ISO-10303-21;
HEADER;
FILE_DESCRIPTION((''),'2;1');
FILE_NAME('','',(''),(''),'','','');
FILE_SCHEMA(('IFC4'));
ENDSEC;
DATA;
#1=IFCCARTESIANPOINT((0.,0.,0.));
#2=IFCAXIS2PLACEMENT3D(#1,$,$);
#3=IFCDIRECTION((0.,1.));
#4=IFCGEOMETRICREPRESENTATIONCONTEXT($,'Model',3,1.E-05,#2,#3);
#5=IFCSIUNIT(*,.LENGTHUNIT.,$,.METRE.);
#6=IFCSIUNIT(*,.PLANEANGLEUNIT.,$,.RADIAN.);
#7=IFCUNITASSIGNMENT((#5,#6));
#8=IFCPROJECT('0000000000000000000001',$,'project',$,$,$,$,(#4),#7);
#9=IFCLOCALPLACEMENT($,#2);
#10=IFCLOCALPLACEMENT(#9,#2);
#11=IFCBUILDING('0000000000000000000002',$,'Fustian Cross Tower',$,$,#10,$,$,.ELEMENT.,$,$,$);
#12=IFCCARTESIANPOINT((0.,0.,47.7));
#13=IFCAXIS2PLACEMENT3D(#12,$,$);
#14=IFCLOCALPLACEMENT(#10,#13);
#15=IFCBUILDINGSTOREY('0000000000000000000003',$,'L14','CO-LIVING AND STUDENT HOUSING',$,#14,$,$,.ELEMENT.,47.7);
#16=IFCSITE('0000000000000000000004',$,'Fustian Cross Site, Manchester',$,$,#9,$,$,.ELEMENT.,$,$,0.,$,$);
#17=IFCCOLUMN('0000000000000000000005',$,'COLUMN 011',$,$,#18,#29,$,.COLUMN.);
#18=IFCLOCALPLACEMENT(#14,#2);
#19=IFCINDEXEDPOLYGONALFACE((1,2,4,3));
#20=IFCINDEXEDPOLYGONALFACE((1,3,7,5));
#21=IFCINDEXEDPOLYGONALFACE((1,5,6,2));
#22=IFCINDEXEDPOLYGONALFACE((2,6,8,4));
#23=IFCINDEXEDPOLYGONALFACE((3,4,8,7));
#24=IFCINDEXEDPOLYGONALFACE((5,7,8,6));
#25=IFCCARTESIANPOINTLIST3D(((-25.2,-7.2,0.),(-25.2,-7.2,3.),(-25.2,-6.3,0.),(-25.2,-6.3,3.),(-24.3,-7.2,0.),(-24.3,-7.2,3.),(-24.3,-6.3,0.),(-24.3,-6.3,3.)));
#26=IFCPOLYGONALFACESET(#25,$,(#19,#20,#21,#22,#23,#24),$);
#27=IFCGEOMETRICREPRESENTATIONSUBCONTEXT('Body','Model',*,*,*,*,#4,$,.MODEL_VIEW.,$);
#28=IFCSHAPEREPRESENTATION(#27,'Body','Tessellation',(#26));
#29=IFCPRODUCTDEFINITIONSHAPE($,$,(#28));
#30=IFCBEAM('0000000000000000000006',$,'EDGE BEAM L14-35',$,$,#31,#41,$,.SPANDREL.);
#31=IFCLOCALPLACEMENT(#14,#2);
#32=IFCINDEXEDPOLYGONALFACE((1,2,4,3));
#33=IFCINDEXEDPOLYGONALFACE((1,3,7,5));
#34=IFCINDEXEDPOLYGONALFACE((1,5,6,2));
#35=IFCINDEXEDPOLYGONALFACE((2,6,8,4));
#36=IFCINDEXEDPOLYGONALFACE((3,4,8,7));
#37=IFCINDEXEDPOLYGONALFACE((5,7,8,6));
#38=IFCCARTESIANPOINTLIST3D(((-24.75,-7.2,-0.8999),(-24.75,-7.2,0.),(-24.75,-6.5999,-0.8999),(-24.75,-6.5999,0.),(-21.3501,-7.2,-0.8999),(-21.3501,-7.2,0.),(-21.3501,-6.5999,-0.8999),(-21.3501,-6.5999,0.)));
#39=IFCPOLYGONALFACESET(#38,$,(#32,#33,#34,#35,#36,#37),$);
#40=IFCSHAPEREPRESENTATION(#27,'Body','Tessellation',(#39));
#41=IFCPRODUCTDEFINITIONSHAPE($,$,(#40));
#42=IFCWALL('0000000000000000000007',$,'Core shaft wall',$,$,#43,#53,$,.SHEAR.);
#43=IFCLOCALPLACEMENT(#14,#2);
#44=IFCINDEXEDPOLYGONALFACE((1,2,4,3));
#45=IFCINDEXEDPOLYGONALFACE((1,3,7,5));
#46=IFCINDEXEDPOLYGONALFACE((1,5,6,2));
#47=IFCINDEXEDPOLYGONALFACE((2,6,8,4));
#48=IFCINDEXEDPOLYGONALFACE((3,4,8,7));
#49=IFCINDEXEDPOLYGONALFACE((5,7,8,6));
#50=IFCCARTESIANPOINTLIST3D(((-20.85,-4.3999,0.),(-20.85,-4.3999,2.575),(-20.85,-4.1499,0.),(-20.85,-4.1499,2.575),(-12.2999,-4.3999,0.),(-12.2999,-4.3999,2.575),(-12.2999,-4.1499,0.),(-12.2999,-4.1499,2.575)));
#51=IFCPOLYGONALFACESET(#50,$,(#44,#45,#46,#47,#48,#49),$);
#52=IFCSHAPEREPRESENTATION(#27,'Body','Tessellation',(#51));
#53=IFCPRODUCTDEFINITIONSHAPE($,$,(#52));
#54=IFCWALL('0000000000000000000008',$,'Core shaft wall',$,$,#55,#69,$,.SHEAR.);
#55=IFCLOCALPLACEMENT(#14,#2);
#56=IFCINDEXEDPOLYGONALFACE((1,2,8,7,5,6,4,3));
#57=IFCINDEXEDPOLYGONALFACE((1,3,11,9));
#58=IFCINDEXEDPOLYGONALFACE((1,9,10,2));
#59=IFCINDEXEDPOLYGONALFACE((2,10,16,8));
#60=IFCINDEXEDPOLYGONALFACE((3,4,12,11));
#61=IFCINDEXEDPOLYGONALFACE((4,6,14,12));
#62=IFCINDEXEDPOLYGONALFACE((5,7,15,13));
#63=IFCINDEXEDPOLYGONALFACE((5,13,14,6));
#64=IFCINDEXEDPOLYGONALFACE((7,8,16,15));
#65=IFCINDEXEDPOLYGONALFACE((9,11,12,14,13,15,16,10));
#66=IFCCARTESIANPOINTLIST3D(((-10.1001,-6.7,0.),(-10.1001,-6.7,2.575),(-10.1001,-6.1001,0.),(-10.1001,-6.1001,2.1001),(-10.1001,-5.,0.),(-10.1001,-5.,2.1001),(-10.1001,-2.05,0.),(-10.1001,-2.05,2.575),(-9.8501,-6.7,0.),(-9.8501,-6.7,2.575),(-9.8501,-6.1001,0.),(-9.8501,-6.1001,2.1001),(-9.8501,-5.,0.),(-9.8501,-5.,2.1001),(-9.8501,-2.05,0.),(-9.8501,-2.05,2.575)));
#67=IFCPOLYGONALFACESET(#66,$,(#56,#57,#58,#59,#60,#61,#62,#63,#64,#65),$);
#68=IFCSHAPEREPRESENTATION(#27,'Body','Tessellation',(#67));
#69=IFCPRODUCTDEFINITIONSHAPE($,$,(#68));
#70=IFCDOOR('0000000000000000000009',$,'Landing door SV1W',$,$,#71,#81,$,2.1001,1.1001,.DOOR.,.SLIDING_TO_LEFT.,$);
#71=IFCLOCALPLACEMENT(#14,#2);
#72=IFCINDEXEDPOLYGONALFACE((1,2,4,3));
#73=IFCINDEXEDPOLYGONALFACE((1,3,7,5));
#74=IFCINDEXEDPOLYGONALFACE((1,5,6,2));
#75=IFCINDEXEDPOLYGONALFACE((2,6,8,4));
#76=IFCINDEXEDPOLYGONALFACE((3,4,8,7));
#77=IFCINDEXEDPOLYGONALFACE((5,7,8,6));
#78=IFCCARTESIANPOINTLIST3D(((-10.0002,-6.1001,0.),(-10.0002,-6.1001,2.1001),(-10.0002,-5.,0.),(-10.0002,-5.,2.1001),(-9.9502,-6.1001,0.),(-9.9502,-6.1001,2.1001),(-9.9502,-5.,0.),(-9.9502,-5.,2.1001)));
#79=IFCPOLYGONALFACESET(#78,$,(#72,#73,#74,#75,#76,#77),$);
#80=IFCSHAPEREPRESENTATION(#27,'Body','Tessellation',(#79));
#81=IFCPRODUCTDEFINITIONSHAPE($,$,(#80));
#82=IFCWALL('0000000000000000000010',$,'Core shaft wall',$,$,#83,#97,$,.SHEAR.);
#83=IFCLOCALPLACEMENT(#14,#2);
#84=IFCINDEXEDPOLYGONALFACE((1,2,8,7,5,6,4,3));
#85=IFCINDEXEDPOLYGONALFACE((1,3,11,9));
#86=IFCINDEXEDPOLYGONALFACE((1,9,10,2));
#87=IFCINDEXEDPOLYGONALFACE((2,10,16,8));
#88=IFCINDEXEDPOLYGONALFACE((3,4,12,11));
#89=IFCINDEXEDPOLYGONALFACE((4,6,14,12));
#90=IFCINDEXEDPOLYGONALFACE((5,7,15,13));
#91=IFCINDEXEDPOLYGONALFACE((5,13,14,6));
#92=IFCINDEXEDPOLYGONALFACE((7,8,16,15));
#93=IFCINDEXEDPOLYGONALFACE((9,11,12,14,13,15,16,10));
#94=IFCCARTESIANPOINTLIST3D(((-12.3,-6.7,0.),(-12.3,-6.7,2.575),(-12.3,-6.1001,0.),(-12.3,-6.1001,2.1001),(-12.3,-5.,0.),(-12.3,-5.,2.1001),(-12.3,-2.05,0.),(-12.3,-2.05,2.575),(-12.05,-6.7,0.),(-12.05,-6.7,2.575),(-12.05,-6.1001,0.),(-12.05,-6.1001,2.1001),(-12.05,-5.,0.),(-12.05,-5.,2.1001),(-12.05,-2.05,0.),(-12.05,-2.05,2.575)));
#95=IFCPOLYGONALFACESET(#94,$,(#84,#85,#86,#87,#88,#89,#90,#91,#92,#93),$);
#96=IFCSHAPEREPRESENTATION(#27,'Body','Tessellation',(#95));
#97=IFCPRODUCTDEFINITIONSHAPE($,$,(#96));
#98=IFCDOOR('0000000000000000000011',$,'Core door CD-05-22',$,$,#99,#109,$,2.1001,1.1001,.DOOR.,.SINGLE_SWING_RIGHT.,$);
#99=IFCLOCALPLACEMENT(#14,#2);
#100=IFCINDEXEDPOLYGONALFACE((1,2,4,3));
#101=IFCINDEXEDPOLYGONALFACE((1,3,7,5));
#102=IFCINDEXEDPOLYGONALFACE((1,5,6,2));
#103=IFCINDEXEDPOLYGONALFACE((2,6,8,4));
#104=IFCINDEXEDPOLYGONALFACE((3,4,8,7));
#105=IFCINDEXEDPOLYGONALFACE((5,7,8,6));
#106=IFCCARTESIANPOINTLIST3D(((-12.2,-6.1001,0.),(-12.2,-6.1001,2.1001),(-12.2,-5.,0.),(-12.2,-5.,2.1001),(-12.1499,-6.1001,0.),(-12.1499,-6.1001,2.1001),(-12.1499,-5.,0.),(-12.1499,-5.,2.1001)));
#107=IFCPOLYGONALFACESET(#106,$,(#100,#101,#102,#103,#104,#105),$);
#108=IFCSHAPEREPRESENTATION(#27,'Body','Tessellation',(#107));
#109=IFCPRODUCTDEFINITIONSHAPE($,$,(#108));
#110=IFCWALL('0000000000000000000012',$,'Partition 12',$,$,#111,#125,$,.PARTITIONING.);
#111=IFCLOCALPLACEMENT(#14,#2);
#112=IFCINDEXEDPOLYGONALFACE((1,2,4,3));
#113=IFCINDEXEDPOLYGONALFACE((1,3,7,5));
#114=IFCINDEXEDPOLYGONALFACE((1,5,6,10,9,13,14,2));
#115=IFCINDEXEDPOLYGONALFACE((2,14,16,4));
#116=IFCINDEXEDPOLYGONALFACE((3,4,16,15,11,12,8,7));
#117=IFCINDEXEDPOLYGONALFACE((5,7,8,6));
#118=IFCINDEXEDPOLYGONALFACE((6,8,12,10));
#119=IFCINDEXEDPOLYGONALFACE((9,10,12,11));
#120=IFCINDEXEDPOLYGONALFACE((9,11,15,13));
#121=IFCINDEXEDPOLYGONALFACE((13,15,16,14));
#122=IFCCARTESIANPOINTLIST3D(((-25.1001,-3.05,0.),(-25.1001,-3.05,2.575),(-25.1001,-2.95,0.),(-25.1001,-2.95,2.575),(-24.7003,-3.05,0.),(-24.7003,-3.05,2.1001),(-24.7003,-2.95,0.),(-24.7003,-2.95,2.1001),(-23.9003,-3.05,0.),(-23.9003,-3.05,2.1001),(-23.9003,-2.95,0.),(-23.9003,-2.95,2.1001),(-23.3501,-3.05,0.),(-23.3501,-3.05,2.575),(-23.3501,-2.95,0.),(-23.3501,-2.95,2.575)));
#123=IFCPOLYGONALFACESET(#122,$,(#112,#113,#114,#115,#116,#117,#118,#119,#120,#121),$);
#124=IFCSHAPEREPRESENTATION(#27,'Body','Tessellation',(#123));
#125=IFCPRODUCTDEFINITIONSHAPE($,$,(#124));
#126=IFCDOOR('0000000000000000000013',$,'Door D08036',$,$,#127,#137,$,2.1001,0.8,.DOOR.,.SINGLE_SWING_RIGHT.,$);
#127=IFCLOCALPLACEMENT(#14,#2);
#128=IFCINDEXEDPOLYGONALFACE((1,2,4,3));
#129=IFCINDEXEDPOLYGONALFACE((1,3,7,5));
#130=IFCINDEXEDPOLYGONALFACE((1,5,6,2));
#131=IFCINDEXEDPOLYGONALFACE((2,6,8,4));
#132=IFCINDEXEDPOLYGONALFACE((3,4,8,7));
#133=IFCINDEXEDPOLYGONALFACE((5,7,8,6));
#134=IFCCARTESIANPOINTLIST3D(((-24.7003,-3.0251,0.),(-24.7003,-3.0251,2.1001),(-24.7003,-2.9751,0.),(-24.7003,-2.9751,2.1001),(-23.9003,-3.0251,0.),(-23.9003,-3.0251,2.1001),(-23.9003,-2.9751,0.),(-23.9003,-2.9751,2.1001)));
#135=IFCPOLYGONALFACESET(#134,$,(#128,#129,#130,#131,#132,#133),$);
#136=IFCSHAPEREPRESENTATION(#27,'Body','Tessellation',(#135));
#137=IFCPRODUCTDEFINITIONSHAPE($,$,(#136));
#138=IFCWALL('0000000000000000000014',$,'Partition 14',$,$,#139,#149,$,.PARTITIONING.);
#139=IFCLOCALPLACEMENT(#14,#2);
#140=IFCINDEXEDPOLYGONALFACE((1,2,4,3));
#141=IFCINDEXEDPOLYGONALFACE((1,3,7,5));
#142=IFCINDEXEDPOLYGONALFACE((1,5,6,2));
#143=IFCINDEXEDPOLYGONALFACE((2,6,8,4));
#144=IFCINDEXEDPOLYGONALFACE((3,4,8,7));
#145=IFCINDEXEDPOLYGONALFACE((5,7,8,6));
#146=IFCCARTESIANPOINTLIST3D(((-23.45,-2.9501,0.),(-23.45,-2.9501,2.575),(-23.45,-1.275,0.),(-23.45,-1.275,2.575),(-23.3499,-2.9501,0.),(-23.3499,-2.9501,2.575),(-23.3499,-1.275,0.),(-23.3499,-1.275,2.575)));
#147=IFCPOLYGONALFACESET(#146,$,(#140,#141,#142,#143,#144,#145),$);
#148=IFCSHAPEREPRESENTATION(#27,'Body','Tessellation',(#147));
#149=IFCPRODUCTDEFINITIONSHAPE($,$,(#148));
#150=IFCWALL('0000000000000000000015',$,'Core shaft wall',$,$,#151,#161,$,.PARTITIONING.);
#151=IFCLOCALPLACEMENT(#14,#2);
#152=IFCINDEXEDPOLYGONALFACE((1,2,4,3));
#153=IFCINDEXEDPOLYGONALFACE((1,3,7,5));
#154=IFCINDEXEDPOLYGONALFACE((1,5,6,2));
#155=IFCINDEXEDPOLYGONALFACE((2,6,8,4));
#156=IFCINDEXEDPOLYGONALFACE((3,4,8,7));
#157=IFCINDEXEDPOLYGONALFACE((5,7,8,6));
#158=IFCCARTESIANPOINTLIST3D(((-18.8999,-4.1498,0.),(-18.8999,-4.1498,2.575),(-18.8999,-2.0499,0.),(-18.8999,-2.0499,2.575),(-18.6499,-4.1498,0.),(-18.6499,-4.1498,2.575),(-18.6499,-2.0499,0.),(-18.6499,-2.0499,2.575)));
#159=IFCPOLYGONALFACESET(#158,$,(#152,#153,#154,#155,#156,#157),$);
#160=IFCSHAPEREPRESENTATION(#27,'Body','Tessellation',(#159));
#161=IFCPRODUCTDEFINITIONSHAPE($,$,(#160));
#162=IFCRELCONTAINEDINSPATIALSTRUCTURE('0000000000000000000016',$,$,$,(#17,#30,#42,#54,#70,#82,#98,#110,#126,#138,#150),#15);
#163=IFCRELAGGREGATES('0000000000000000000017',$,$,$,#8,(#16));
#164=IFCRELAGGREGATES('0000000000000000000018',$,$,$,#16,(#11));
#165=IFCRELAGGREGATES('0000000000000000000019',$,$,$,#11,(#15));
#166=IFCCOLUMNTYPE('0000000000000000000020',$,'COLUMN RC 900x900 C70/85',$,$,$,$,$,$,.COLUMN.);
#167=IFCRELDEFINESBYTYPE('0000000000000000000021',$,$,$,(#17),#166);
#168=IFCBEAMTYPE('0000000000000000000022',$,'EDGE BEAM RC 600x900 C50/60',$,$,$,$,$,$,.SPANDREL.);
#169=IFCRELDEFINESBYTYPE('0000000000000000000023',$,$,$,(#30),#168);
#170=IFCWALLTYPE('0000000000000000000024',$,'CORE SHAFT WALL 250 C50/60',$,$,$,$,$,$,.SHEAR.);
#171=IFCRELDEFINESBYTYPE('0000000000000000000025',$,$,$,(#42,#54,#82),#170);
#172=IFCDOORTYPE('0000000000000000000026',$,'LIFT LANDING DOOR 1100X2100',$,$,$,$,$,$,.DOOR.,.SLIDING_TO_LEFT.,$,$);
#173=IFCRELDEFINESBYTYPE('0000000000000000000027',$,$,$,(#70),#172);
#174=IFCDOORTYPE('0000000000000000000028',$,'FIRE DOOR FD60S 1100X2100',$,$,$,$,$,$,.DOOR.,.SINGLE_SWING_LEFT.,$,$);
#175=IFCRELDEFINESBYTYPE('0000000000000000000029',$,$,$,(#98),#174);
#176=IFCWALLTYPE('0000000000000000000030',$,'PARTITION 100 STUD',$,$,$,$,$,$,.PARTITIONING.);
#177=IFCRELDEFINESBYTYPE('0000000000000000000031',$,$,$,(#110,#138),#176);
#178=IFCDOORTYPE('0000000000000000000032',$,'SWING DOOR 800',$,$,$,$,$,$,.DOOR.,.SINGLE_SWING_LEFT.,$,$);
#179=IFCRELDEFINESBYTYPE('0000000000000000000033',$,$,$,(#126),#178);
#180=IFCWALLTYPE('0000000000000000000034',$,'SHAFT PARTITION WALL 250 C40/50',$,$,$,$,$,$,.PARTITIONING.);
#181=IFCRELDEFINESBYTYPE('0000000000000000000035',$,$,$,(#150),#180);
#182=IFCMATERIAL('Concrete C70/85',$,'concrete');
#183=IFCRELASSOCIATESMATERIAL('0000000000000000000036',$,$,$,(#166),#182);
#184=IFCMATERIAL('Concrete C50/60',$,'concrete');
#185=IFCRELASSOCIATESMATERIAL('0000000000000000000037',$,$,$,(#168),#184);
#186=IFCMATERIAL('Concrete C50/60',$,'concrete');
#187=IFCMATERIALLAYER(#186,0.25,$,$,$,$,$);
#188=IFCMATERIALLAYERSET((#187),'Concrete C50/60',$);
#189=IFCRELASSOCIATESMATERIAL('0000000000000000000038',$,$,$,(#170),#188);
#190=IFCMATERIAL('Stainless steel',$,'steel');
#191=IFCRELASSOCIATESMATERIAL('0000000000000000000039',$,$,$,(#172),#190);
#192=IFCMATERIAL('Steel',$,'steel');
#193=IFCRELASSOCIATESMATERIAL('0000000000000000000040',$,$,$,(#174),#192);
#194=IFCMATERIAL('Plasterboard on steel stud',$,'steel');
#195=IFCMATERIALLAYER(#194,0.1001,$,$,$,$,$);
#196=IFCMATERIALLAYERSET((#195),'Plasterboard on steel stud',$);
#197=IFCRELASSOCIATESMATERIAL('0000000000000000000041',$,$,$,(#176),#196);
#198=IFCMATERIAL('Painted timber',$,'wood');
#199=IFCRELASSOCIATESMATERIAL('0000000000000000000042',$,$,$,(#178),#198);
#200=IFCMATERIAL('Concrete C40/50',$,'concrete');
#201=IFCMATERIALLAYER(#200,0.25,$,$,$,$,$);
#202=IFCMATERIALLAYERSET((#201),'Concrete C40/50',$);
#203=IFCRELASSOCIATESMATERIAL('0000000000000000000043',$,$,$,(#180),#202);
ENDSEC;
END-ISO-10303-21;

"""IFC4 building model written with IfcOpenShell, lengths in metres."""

from ifc_helpers import new_model, si_unit, direction, frame, frame_2d, origin, origin_2d, place, context, subcontext, project, spatial, rectangle, extrude, material, layer, layer_set, material_profile, profile_set, type_object, element, fill, save


model = new_model("IFC4")

# Units and contexts
model_context = context("Model", 3, precision=1e-05, world=origin(), true_north=direction((0.0, 1.0)))
body_context = subcontext(model_context, "Body", "Model", "MODEL_VIEW")
ifc_project = project(units=[si_unit("LENGTHUNIT", "METRE"), si_unit("PLANEANGLEUNIT", "RADIAN")], contexts=[model_context])

# Site, building, storey
site_placement = place(None, origin())
site = spatial("IfcSite", under=ifc_project, at=site_placement, Name="Fustian Cross Site, Manchester", CompositionType="ELEMENT", RefElevation=0.0)
building_placement = place(site_placement, origin())
building = spatial("IfcBuilding", under=site, at=building_placement, Name="Fustian Cross Tower", CompositionType="ELEMENT")
storey_placement = place(building_placement, frame((0.0, 0.0, 47.7)))
storey = spatial("IfcBuildingStorey", under=building, at=storey_placement, Name="L14", Description="CO-LIVING AND STUDENT HOUSING", CompositionType="ELEMENT", Elevation=47.7)

# Column
ifc_material_1 = material(Name="Concrete C70/85", Category="concrete")
ifc_material_profile_1 = material_profile(ifc_material_1, rectangle(XDim=0.8999, YDim=0.8999, at=origin_2d()), Name="RC 900x900")
ifc_profile_set_1 = profile_set([ifc_material_profile_1], Name="Concrete C70/85")
column_type = type_object("IfcColumnType", Name="COLUMN RC 900x900 C70/85", PredefinedType="COLUMN", material=ifc_profile_set_1)
column_placement = place(storey_placement, frame((-24.75, -6.75, 0.0), z_axis=(0.0, 0.0, 1.0), x_axis=(1.0, 0.0, 0.0)))
element("IfcColumn", 1, at=column_placement, inside=storey, type_object=column_type, Name="COLUMN 011", PredefinedType="COLUMN", context=body_context, shape_type="SweptSolid", body=[
    extrude(rectangle(XDim=0.8999, YDim=0.8999, at=origin_2d()), origin(), (0.0, 0.0, 1.0), 3.0),
])

# Beam
ifc_material_2 = material(Name="Concrete C50/60", Category="concrete")
ifc_material_profile_2 = material_profile(ifc_material_2, rectangle(XDim=0.6001, YDim=0.8999, at=origin_2d()), Name="RC 600x900")
ifc_profile_set_2 = profile_set([ifc_material_profile_2], Name="Concrete C50/60")
beam_type = type_object("IfcBeamType", Name="EDGE BEAM RC 600x900 C50/60", PredefinedType="SPANDREL", material=ifc_profile_set_2)
beam_placement = place(storey_placement, frame((-24.75, -6.8999, -0.45), z_axis=(1.0, 0.0, 0.0), x_axis=(0.0, 1.0, 0.0)))
element("IfcBeam", 2, at=beam_placement, inside=storey, type_object=beam_type, Name="EDGE BEAM L14-35", PredefinedType="SPANDREL", context=body_context, shape_type="SweptSolid", body=[
    extrude(rectangle(XDim=0.6001, YDim=0.8999, at=origin_2d()), origin(), (0.0, 0.0, 1.0), 3.3999),
])

# Wall
ifc_material_3 = material(Name="Concrete C50/60", Category="concrete")
ifc_layer_1 = layer(ifc_material_3, 0.25)
ifc_layer_set_1 = layer_set([ifc_layer_1], Name="Concrete C50/60")
wall_type_1 = type_object("IfcWallType", Name="CORE SHAFT WALL 250 C50/60", PredefinedType="SHEAR", material=ifc_layer_set_1)
wall_1_placement = place(storey_placement, frame((-12.3, -4.2749, 0.0), z_axis=(0.0, 0.0, 1.0), x_axis=(-1.0, 0.0, 0.0)))
element("IfcWall", 3, at=wall_1_placement, inside=storey, type_object=wall_type_1, Name="Core shaft wall", PredefinedType="SHEAR", context=body_context, shape_type="SweptSolid", body=[
    extrude(rectangle(XDim=8.55, YDim=0.25, at=frame_2d((4.2749, 0.0))), origin(), (0.0, 0.0, 1.0), 2.575),
])

# Walls, openings, doors
wall_2_placement = place(storey_placement, frame((-9.9751, -2.05, 0.0), z_axis=(0.0, 0.0, 1.0), x_axis=(0.0, -1.0, 0.0)))
wall_2 = element("IfcWall", 4, at=wall_2_placement, inside=storey, type_object=wall_type_1, Name="Core shaft wall", PredefinedType="SHEAR", context=body_context, shape_type="SweptSolid", body=[
    extrude(rectangle(XDim=4.6499, YDim=0.25, at=frame_2d((2.325, 0.0))), origin(), (0.0, 0.0, 1.0), 2.575),
])
opening_1_placement = place(wall_2_placement, frame((2.95, 0.0, 0.0)))
opening_1 = element("IfcOpeningElement", 5, at=opening_1_placement, cuts=wall_2, PredefinedType="OPENING", context=body_context, shape_type="SweptSolid", body=[
    extrude(rectangle(XDim=1.1001, YDim=2.1001, at=frame_2d((0.55, 1.05))), frame((0.0, 0.135, 0.0), z_axis=(0.0, -1.0, 0.0), x_axis=(1.0, 0.0, 0.0)), (0.0, 0.0, 1.0), 0.27),
])
ifc_material_4 = material(Name="Stainless steel", Category="steel")
door_type_1 = type_object("IfcDoorType", Name="LIFT LANDING DOOR 1100X2100", OperationType="SLIDING_TO_LEFT", PredefinedType="DOOR", material=ifc_material_4)
door_1_placement = place(opening_1_placement, origin())
door_1 = element("IfcDoor", 6, at=door_1_placement, inside=storey, type_object=door_type_1, Name="Landing door SV1W", OperationType="SLIDING_TO_LEFT", OverallHeight=2.1001, OverallWidth=1.1001, PredefinedType="DOOR", context=body_context, shape_type="SweptSolid", body=[
    extrude(rectangle(XDim=1.1001, YDim=2.1001, at=frame_2d((0.55, 1.05))), frame((0.0, 0.0249, 0.0), z_axis=(0.0, -1.0, 0.0), x_axis=(1.0, 0.0, 0.0)), (0.0, 0.0, 1.0), 0.05),
])
fill(opening_1, door_1)
wall_3_placement = place(storey_placement, frame((-12.175, -2.05, 0.0), z_axis=(0.0, 0.0, 1.0), x_axis=(0.0, -1.0, 0.0)))
wall_3 = element("IfcWall", 7, at=wall_3_placement, inside=storey, type_object=wall_type_1, Name="Core shaft wall", PredefinedType="SHEAR", context=body_context, shape_type="SweptSolid", body=[
    extrude(rectangle(XDim=4.6499, YDim=0.25, at=frame_2d((2.325, 0.0))), origin(), (0.0, 0.0, 1.0), 2.575),
])
opening_2_placement = place(wall_3_placement, frame((2.95, 0.0, 0.0)))
opening_2 = element("IfcOpeningElement", 8, at=opening_2_placement, cuts=wall_3, PredefinedType="OPENING", context=body_context, shape_type="SweptSolid", body=[
    extrude(rectangle(XDim=1.1001, YDim=2.1001, at=frame_2d((0.55, 1.05))), frame((0.0, 0.135, 0.0), z_axis=(0.0, -1.0, 0.0), x_axis=(1.0, 0.0, 0.0)), (0.0, 0.0, 1.0), 0.27),
])
ifc_material_5 = material(Name="Steel", Category="steel")
door_type_2 = type_object("IfcDoorType", Name="FIRE DOOR FD60S 1100X2100", OperationType="SINGLE_SWING_LEFT", PredefinedType="DOOR", material=ifc_material_5)
door_2_placement = place(opening_2_placement, frame((1.1001, 0.0, 0.0), z_axis=(0.0, 0.0, 1.0), x_axis=(-1.0, 0.0, 0.0)))
door_2 = element("IfcDoor", 9, at=door_2_placement, inside=storey, type_object=door_type_2, Name="Core door CD-05-22", OperationType="SINGLE_SWING_RIGHT", OverallHeight=2.1001, OverallWidth=1.1001, PredefinedType="DOOR", context=body_context, shape_type="SweptSolid", body=[
    extrude(rectangle(XDim=1.1001, YDim=2.1001, at=frame_2d((0.55, 1.05))), frame((0.0, 0.0249, 0.0), z_axis=(0.0, -1.0, 0.0), x_axis=(1.0, 0.0, 0.0)), (0.0, 0.0, 1.0), 0.05),
])
fill(opening_2, door_2)
ifc_material_6 = material(Name="Plasterboard on steel stud", Category="steel")
ifc_layer_2 = layer(ifc_material_6, 0.1001)
ifc_layer_set_2 = layer_set([ifc_layer_2], Name="Plasterboard on steel stud")
wall_type_2 = type_object("IfcWallType", Name="PARTITION 100 STUD", PredefinedType="PARTITIONING", material=ifc_layer_set_2)
wall_4_placement = place(storey_placement, frame((-25.1001, -3.0, 0.0), z_axis=(0.0, 0.0, 1.0), x_axis=(1.0, 0.0, 0.0)))
wall_4 = element("IfcWall", 10, at=wall_4_placement, inside=storey, type_object=wall_type_2, Name="Partition 12", PredefinedType="PARTITIONING", context=body_context, shape_type="SweptSolid", body=[
    extrude(rectangle(XDim=1.75, YDim=0.1001, at=frame_2d((0.875, 0.0))), origin(), (0.0, 0.0, 1.0), 2.575),
])
opening_3_placement = place(wall_4_placement, frame((0.3999, 0.0, 0.0)))
opening_3 = element("IfcOpeningElement", 11, at=opening_3_placement, cuts=wall_4, PredefinedType="OPENING", context=body_context, shape_type="SweptSolid", body=[
    extrude(rectangle(XDim=0.8, YDim=2.1001, at=frame_2d((0.3999, 1.05))), frame((0.0, 0.0601, 0.0), z_axis=(0.0, -1.0, 0.0), x_axis=(1.0, 0.0, 0.0)), (0.0, 0.0, 1.0), 0.1201),
])
ifc_material_7 = material(Name="Painted timber", Category="wood")
door_type_3 = type_object("IfcDoorType", Name="SWING DOOR 800", OperationType="SINGLE_SWING_LEFT", PredefinedType="DOOR", material=ifc_material_7)
door_3_placement = place(opening_3_placement, origin())
door_3 = element("IfcDoor", 12, at=door_3_placement, inside=storey, type_object=door_type_3, Name="Door D08036", OperationType="SINGLE_SWING_RIGHT", OverallHeight=2.1001, OverallWidth=0.8, PredefinedType="DOOR", context=body_context, shape_type="SweptSolid", body=[
    extrude(rectangle(XDim=0.8, YDim=2.1001, at=frame_2d((0.3999, 1.05))), frame((0.0, 0.0249, 0.0), z_axis=(0.0, -1.0, 0.0), x_axis=(1.0, 0.0, 0.0)), (0.0, 0.0, 1.0), 0.05),
])
fill(opening_3, door_3)

# Walls
wall_5_placement = place(storey_placement, frame((-23.3999, -2.95, 0.0), z_axis=(0.0, 0.0, 1.0), x_axis=(0.0, 1.0, 0.0)))
element("IfcWall", 13, at=wall_5_placement, inside=storey, type_object=wall_type_2, Name="Partition 14", PredefinedType="PARTITIONING", context=body_context, shape_type="SweptSolid", body=[
    extrude(rectangle(XDim=1.675, YDim=0.1001, at=frame_2d((0.8374, 0.0))), origin(), (0.0, 0.0, 1.0), 2.575),
])
ifc_material_8 = material(Name="Concrete C40/50", Category="concrete")
ifc_layer_3 = layer(ifc_material_8, 0.25)
ifc_layer_set_3 = layer_set([ifc_layer_3], Name="Concrete C40/50")
wall_type_3 = type_object("IfcWallType", Name="SHAFT PARTITION WALL 250 C40/50", PredefinedType="PARTITIONING", material=ifc_layer_set_3)
wall_6_placement = place(storey_placement, frame((-18.7749, -2.05, 0.0), z_axis=(0.0, 0.0, 1.0), x_axis=(0.0, -1.0, 0.0)))
element("IfcWall", 14, at=wall_6_placement, inside=storey, type_object=wall_type_3, Name="Core shaft wall", PredefinedType="PARTITIONING", context=body_context, shape_type="SweptSolid", body=[
    extrude(rectangle(XDim=2.0999, YDim=0.25, at=frame_2d((1.0498, 0.0))), origin(), (0.0, 0.0, 1.0), 2.575),
])

save(model, "model.ifc")
